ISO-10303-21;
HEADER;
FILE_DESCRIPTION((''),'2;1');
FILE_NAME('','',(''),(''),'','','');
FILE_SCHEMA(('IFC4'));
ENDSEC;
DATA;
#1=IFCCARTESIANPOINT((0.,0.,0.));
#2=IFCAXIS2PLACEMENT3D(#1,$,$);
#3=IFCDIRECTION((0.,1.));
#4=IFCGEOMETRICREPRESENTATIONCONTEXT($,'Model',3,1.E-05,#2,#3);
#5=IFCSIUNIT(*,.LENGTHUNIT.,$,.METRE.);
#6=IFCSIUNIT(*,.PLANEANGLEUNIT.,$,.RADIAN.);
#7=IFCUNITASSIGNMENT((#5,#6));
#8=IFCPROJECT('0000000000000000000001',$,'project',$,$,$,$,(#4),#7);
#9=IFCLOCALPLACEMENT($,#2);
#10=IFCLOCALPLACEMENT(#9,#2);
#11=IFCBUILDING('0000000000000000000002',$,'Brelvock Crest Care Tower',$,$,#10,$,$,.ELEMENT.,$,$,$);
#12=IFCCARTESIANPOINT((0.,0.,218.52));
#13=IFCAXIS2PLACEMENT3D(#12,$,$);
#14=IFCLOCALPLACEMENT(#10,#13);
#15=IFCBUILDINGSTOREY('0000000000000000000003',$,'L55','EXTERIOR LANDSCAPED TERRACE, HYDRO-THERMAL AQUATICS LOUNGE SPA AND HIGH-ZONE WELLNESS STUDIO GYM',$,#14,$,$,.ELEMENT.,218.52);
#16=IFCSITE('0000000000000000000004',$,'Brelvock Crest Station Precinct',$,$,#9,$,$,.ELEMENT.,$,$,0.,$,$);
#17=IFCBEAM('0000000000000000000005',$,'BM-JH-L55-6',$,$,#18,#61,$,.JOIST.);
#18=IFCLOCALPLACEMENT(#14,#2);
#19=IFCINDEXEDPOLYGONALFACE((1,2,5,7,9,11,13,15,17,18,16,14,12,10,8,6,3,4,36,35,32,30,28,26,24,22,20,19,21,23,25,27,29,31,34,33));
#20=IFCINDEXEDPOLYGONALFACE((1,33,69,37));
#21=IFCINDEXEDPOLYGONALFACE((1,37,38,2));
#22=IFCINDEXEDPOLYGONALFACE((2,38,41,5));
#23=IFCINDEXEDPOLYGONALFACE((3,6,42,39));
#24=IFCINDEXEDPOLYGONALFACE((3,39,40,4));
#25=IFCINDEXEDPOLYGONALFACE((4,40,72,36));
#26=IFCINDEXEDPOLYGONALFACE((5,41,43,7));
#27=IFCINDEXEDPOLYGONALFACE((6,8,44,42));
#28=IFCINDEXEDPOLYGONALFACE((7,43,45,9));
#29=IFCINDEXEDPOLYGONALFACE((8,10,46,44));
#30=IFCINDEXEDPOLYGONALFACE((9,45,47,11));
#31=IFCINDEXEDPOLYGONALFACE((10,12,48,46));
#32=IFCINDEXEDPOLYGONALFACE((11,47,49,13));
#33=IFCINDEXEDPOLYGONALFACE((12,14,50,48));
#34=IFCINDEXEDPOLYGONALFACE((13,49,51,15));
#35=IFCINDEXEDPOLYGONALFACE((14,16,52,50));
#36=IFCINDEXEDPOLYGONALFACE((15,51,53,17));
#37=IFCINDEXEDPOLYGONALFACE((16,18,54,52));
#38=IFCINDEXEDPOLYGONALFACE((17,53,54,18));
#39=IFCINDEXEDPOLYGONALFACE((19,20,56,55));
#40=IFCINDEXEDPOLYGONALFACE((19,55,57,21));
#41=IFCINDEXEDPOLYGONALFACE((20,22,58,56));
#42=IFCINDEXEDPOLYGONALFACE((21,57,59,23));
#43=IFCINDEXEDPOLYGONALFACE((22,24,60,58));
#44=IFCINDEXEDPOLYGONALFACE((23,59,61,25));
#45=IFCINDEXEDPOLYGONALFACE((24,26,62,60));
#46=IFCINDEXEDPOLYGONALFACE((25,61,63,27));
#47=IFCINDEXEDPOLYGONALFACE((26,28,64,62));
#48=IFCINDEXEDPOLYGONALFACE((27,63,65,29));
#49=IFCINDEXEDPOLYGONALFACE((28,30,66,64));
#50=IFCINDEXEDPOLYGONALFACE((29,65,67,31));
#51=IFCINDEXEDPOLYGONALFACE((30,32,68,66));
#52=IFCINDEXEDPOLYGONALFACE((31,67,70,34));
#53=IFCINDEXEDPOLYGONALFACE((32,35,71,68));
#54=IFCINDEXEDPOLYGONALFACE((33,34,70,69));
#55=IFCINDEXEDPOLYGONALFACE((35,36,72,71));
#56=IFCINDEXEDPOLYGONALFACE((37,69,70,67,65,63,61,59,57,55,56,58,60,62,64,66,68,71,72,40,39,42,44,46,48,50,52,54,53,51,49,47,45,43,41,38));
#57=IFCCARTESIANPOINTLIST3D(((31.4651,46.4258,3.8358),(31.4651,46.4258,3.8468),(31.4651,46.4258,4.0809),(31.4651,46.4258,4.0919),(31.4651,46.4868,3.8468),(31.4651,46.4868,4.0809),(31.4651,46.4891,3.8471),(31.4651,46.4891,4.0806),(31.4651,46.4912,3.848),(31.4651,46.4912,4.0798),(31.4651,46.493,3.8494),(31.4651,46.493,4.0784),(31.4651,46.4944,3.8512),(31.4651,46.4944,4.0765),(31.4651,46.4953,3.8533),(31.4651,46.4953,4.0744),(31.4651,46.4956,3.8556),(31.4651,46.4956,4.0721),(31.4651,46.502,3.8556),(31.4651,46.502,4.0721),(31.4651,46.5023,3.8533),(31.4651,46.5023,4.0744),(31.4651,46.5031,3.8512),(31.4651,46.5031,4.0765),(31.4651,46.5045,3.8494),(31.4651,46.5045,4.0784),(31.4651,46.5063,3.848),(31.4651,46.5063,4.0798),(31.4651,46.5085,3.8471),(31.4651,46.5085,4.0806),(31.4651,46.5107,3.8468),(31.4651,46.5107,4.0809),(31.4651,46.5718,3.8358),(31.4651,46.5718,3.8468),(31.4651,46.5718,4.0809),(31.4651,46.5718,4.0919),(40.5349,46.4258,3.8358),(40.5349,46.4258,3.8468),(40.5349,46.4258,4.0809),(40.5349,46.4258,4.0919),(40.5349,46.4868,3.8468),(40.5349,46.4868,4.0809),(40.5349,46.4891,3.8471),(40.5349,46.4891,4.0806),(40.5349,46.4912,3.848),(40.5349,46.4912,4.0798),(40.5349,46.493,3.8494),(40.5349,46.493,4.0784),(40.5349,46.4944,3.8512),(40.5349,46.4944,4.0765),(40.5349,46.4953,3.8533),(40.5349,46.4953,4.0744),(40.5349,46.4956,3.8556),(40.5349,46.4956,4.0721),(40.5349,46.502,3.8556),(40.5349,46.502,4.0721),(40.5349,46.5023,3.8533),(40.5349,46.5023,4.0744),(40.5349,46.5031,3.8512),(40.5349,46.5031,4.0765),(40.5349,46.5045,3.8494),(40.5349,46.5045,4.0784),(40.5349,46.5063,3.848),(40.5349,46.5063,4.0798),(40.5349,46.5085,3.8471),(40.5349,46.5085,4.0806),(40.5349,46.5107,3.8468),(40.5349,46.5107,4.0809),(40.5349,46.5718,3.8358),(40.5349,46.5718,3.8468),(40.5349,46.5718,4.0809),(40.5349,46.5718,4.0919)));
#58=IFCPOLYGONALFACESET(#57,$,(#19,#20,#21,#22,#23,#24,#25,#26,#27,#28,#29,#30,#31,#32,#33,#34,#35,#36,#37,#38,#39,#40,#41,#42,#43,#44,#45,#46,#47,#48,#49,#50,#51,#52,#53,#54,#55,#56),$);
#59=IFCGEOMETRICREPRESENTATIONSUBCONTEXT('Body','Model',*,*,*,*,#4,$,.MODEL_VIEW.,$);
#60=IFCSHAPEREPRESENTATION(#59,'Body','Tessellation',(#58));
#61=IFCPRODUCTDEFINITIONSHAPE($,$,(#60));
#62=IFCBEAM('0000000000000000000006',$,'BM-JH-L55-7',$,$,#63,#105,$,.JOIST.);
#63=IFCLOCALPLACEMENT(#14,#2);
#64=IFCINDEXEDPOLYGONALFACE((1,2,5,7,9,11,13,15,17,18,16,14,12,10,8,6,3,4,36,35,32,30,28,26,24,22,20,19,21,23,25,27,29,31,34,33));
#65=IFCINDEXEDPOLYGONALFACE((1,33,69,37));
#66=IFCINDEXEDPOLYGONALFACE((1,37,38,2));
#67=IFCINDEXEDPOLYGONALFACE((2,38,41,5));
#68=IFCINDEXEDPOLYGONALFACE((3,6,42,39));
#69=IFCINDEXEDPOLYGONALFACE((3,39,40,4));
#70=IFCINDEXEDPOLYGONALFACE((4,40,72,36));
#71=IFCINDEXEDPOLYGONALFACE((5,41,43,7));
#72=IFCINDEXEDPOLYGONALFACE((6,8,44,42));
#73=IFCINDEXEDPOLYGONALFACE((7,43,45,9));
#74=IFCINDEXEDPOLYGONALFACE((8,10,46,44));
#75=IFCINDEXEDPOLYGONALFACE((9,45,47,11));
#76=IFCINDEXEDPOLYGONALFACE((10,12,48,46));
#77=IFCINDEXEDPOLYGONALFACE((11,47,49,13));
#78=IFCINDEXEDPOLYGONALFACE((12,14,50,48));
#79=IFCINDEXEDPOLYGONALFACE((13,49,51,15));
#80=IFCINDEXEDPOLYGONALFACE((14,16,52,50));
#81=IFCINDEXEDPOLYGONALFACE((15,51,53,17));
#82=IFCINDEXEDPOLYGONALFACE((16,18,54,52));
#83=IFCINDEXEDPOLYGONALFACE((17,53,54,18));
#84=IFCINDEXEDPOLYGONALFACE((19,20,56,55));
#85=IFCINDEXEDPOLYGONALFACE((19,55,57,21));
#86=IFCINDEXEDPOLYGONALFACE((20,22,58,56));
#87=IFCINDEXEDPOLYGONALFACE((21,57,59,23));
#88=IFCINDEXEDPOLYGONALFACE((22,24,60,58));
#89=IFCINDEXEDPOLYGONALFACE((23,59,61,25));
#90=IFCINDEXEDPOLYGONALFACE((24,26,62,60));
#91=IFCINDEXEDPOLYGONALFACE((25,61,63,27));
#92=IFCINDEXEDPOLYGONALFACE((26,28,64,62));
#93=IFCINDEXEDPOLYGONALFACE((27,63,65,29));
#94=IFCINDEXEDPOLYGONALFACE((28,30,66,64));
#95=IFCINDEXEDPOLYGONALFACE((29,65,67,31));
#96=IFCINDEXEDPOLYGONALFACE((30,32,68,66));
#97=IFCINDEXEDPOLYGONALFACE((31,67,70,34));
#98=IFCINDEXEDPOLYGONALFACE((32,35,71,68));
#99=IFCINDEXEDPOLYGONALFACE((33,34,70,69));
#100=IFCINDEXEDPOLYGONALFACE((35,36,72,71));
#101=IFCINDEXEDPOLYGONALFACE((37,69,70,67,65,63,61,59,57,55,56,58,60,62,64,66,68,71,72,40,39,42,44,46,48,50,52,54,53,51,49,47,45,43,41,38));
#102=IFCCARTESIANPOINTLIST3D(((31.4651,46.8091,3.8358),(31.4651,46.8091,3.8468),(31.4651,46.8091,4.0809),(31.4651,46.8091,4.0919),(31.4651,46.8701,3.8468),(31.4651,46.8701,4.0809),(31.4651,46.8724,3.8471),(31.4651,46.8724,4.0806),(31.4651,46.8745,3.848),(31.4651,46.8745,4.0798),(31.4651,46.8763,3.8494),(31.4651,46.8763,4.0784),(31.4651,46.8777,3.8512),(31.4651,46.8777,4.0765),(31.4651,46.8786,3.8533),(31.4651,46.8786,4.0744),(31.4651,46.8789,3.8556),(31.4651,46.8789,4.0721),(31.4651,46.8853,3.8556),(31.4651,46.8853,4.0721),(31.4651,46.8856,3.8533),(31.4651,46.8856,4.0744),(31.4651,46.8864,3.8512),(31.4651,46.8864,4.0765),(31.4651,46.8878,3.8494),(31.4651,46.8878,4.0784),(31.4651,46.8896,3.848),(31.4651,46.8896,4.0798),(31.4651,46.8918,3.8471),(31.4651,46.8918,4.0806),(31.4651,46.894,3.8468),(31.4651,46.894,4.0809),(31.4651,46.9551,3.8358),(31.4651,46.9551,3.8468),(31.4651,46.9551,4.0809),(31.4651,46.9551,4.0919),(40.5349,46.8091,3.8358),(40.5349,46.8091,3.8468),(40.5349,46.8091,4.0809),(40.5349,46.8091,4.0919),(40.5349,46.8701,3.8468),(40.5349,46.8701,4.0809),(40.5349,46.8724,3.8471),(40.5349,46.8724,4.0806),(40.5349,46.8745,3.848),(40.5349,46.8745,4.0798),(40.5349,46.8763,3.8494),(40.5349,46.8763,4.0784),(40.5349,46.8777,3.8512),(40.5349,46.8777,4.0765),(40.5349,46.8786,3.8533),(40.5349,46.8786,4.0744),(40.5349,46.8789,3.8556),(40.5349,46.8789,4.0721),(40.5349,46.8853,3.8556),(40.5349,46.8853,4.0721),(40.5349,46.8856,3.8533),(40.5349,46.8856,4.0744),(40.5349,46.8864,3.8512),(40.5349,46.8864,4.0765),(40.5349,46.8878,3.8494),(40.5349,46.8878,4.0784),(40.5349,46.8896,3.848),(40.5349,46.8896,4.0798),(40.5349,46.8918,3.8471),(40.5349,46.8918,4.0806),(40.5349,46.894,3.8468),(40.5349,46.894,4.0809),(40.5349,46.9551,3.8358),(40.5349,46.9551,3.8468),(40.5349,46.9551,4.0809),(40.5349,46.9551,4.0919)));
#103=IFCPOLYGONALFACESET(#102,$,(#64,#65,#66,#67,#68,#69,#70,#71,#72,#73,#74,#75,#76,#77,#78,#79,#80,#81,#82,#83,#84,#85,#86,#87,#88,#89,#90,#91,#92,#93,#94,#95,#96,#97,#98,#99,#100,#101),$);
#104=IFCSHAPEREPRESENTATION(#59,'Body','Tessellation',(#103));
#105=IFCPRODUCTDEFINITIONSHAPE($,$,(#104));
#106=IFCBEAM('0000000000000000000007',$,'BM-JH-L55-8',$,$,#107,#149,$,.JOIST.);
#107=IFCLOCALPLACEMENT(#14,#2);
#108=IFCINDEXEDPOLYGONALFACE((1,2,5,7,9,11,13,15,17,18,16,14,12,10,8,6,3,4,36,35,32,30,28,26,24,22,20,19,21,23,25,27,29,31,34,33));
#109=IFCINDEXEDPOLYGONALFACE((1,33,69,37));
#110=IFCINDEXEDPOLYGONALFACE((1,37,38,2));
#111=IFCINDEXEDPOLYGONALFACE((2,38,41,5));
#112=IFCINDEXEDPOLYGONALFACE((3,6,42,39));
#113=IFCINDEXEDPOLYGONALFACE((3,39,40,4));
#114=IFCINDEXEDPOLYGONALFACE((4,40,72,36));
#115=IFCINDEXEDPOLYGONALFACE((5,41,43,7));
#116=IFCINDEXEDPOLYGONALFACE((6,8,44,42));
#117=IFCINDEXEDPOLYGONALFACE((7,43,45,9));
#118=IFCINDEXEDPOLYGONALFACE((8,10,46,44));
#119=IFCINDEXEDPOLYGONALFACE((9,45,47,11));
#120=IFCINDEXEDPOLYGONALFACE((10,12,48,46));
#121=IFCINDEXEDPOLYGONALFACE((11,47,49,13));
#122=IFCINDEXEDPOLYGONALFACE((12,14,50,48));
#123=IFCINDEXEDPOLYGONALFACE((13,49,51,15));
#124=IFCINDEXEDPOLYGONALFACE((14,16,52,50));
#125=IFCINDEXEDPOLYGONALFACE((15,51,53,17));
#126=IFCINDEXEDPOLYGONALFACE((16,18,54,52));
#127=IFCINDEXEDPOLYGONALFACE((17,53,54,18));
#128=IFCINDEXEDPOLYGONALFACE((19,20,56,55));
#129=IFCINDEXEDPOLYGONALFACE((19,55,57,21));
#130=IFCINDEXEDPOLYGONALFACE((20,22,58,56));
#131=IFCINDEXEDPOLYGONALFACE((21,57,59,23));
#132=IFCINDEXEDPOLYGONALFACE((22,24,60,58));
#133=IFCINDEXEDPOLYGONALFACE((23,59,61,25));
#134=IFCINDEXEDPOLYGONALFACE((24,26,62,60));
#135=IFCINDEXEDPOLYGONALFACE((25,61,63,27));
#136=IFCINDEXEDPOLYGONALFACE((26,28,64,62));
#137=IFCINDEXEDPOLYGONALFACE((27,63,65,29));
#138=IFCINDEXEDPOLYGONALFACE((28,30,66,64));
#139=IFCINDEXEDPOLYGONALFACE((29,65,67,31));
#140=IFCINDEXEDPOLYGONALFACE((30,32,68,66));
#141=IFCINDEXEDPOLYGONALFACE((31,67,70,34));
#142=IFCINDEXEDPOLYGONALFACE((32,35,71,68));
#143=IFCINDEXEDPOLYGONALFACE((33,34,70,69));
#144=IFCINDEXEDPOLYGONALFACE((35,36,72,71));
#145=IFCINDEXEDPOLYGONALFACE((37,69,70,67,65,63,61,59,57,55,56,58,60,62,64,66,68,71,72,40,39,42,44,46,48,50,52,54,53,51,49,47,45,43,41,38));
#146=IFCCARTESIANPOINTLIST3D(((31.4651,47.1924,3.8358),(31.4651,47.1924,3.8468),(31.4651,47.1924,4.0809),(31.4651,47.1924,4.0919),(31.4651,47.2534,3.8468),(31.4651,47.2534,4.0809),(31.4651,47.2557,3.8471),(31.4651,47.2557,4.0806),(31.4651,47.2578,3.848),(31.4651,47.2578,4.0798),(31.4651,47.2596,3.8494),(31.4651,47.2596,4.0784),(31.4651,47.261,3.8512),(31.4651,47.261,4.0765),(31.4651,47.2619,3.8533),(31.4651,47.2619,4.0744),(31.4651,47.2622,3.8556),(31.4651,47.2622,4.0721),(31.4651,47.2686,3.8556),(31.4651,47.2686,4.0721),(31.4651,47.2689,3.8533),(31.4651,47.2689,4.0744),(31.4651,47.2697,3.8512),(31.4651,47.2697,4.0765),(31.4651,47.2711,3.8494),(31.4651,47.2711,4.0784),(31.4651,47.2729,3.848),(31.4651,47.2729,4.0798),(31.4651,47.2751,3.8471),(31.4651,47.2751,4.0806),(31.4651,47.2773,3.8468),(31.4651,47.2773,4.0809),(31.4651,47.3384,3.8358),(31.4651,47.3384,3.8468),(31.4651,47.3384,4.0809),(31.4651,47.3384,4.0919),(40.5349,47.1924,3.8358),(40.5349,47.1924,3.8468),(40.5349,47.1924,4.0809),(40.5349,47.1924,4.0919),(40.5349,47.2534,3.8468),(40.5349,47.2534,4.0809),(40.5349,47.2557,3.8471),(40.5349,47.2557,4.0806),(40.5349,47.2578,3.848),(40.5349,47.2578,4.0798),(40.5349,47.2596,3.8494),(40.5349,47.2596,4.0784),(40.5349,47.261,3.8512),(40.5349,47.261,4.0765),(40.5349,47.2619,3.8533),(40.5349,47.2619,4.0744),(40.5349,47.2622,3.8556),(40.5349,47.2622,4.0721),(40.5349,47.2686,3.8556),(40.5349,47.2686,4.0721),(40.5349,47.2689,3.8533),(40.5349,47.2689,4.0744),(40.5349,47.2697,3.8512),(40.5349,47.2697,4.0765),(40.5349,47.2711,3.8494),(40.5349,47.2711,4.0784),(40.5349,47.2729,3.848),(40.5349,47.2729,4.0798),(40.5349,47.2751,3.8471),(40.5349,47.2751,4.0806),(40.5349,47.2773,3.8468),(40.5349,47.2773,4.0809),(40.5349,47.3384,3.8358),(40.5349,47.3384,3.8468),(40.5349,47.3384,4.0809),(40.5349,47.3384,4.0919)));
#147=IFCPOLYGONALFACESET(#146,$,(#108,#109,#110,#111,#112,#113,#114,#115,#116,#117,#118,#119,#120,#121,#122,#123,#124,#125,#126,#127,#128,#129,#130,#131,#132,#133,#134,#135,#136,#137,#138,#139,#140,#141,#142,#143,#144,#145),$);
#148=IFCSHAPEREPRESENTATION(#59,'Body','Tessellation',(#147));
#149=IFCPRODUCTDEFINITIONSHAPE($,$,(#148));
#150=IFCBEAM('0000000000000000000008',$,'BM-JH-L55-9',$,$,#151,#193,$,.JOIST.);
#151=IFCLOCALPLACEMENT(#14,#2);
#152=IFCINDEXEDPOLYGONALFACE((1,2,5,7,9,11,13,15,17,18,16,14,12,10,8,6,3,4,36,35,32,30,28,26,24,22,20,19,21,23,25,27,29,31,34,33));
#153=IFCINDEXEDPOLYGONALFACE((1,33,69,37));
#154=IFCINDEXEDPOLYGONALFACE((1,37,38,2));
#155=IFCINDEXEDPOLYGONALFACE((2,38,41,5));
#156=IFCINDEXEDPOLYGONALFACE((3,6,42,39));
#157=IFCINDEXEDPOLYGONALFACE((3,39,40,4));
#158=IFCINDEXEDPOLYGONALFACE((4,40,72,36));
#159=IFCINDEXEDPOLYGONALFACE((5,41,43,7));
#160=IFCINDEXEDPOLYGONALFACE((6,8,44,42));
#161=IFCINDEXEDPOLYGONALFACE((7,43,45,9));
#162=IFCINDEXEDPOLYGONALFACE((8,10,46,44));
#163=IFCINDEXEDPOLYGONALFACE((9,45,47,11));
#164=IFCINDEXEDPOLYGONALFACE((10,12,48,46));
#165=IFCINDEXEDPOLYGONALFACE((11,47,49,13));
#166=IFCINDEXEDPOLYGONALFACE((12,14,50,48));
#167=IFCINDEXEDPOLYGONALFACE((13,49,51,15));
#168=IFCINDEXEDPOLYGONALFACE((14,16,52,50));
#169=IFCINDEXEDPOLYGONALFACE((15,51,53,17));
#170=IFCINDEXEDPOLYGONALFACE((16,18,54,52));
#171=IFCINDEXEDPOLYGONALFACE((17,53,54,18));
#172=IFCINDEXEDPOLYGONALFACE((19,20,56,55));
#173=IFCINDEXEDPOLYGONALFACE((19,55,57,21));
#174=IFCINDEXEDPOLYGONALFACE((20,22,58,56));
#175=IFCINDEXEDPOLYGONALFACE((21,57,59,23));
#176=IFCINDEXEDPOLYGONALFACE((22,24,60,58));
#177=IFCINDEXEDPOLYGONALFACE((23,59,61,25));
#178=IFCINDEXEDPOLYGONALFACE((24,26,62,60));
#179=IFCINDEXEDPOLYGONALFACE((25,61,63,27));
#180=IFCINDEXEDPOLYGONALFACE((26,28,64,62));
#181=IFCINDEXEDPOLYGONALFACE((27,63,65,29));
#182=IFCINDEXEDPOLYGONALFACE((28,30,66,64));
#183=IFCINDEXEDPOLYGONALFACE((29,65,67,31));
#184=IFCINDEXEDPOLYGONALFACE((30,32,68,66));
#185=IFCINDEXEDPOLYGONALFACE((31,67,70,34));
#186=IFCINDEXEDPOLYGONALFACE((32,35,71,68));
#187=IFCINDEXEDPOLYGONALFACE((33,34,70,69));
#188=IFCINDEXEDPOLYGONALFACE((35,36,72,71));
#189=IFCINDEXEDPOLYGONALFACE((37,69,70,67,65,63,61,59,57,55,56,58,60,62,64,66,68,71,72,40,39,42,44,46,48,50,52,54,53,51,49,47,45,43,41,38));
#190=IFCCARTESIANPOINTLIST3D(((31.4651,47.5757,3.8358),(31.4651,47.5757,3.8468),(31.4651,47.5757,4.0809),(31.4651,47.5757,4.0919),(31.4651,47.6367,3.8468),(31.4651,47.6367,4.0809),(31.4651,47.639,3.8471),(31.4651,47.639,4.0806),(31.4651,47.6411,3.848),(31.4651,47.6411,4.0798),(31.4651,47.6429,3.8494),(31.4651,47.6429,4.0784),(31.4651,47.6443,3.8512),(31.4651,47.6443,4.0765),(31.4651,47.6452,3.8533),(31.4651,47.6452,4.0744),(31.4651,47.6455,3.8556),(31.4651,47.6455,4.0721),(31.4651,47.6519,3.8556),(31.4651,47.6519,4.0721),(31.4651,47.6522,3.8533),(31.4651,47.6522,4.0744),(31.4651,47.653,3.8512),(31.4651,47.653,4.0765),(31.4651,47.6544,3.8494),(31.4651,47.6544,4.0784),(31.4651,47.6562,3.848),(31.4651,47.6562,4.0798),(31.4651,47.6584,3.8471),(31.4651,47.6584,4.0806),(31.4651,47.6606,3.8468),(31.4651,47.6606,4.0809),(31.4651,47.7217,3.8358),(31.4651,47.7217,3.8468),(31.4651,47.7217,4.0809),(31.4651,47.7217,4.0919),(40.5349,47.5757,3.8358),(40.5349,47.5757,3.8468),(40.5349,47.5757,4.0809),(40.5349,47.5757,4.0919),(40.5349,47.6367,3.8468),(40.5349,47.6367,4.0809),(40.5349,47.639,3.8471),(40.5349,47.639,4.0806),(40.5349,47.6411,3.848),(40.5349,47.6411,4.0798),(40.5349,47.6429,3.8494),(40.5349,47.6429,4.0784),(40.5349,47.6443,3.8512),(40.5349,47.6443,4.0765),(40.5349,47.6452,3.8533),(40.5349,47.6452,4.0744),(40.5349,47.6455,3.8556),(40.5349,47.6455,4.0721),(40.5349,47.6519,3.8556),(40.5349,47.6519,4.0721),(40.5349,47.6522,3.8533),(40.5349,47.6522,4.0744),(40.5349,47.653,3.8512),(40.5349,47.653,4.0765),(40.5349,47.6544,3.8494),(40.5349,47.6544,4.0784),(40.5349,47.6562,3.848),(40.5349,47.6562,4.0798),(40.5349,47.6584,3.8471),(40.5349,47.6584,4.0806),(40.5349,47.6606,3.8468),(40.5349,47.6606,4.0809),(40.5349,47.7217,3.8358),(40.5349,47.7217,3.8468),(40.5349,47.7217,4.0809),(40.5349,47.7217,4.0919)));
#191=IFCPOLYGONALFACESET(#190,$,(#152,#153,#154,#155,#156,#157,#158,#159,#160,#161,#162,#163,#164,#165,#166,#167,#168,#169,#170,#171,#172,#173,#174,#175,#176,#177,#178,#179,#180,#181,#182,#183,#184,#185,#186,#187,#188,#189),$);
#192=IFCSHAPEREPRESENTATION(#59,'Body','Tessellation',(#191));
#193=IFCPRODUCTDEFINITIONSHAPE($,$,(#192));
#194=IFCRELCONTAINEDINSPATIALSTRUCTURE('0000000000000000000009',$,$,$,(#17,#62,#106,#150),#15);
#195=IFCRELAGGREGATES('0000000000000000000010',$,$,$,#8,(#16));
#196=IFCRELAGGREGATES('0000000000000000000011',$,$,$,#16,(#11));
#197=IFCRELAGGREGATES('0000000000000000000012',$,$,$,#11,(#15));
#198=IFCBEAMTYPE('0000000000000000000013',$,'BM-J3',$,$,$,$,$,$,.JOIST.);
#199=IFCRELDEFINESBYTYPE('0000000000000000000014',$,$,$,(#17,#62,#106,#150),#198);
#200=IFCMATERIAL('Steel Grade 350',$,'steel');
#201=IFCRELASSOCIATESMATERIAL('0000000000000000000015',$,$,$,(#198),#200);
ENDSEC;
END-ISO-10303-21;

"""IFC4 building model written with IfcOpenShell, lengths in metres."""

from ifc_helpers import new_model, si_unit, direction, frame, origin, origin_2d, place, context, subcontext, project, spatial, i_section, extrude, source, transform, mapped, material, material_profile, profile_set, type_object, element, save


model = new_model("IFC4")

# Units and contexts
model_context = context("Model", 3, precision=1e-05, world=origin(), true_north=direction((0.0, 1.0)))
body_context = subcontext(model_context, "Body", "Model", "MODEL_VIEW")
ifc_project = project(units=[si_unit("LENGTHUNIT", "METRE"), si_unit("PLANEANGLEUNIT", "RADIAN")], contexts=[model_context])

# Site, building, storey
site_placement = place(None, origin())
site = spatial("IfcSite", under=ifc_project, at=site_placement, Name="Brelvock Crest Station Precinct", CompositionType="ELEMENT", RefElevation=0.0)
building_placement = place(site_placement, origin())
building = spatial("IfcBuilding", under=site, at=building_placement, Name="Brelvock Crest Care Tower", CompositionType="ELEMENT")
storey_placement = place(building_placement, frame((0.0, 0.0, 218.52)))
storey = spatial("IfcBuildingStorey", under=building, at=storey_placement, Name="L55", Description="EXTERIOR LANDSCAPED TERRACE, HYDRO-THERMAL AQUATICS LOUNGE SPA AND HIGH-ZONE WELLNESS STUDIO GYM", CompositionType="ELEMENT", Elevation=218.52)

# Beams
ifc_material = material(Name="Steel Grade 350", Category="steel")
ifc_material_profile_1 = material_profile(ifc_material, i_section(OverallWidth=0.146, OverallDepth=0.2561, WebThickness=0.0063, FlangeThickness=0.011, FilletRadius=0.0088, at=origin_2d()), Name="250UB37.3")
ifc_profile_set_1 = profile_set([ifc_material_profile_1], Name="Steel Grade 350")
beam_type_1 = type_object("IfcBeamType", Name="BM-J3", PredefinedType="JOIST", material=ifc_profile_set_1)
shared_shape_1 = source(origin(), body_context, "Body", "SweptSolid", [
    extrude(i_section(OverallWidth=0.146, OverallDepth=0.2561, WebThickness=0.0063, FlangeThickness=0.011, FilletRadius=0.0088, at=origin_2d()), origin(), (0.0, 0.0, 1.0), 9.0698),
])
for number, where, z_axis, x_axis, name in (
    (1, (31.4651, 46.4988, 3.9639), (1.0, 0.0, 0.0), (0.0, 1.0, 0.0), "BM-JH-L55-6"),
    (2, (31.4651, 46.8821, 3.9639), (1.0, 0.0, 0.0), (0.0, 1.0, 0.0), "BM-JH-L55-7"),
    (3, (31.4651, 47.2654, 3.9639), (1.0, 0.0, 0.0), (0.0, 1.0, 0.0), "BM-JH-L55-8"),
    (4, (31.4651, 47.6487, 3.9639), (1.0, 0.0, 0.0), (0.0, 1.0, 0.0), "BM-JH-L55-9"),
):
    element("IfcBeam", number, at=place(storey_placement, frame(where, z_axis=z_axis, x_axis=x_axis)), inside=storey, type_object=beam_type_1, Name=name, PredefinedType="JOIST", context=body_context, shape_type="MappedRepresentation", body=[
        mapped(shared_shape_1, transform((0.0, 0.0, 0.0), x_axis=(1.0, 0.0, 0.0), y_axis=(0.0, 1.0, 0.0), z_axis=(0.0, 0.0, 1.0), scale=1.0)),
    ])

save(model, "model.ifc")
